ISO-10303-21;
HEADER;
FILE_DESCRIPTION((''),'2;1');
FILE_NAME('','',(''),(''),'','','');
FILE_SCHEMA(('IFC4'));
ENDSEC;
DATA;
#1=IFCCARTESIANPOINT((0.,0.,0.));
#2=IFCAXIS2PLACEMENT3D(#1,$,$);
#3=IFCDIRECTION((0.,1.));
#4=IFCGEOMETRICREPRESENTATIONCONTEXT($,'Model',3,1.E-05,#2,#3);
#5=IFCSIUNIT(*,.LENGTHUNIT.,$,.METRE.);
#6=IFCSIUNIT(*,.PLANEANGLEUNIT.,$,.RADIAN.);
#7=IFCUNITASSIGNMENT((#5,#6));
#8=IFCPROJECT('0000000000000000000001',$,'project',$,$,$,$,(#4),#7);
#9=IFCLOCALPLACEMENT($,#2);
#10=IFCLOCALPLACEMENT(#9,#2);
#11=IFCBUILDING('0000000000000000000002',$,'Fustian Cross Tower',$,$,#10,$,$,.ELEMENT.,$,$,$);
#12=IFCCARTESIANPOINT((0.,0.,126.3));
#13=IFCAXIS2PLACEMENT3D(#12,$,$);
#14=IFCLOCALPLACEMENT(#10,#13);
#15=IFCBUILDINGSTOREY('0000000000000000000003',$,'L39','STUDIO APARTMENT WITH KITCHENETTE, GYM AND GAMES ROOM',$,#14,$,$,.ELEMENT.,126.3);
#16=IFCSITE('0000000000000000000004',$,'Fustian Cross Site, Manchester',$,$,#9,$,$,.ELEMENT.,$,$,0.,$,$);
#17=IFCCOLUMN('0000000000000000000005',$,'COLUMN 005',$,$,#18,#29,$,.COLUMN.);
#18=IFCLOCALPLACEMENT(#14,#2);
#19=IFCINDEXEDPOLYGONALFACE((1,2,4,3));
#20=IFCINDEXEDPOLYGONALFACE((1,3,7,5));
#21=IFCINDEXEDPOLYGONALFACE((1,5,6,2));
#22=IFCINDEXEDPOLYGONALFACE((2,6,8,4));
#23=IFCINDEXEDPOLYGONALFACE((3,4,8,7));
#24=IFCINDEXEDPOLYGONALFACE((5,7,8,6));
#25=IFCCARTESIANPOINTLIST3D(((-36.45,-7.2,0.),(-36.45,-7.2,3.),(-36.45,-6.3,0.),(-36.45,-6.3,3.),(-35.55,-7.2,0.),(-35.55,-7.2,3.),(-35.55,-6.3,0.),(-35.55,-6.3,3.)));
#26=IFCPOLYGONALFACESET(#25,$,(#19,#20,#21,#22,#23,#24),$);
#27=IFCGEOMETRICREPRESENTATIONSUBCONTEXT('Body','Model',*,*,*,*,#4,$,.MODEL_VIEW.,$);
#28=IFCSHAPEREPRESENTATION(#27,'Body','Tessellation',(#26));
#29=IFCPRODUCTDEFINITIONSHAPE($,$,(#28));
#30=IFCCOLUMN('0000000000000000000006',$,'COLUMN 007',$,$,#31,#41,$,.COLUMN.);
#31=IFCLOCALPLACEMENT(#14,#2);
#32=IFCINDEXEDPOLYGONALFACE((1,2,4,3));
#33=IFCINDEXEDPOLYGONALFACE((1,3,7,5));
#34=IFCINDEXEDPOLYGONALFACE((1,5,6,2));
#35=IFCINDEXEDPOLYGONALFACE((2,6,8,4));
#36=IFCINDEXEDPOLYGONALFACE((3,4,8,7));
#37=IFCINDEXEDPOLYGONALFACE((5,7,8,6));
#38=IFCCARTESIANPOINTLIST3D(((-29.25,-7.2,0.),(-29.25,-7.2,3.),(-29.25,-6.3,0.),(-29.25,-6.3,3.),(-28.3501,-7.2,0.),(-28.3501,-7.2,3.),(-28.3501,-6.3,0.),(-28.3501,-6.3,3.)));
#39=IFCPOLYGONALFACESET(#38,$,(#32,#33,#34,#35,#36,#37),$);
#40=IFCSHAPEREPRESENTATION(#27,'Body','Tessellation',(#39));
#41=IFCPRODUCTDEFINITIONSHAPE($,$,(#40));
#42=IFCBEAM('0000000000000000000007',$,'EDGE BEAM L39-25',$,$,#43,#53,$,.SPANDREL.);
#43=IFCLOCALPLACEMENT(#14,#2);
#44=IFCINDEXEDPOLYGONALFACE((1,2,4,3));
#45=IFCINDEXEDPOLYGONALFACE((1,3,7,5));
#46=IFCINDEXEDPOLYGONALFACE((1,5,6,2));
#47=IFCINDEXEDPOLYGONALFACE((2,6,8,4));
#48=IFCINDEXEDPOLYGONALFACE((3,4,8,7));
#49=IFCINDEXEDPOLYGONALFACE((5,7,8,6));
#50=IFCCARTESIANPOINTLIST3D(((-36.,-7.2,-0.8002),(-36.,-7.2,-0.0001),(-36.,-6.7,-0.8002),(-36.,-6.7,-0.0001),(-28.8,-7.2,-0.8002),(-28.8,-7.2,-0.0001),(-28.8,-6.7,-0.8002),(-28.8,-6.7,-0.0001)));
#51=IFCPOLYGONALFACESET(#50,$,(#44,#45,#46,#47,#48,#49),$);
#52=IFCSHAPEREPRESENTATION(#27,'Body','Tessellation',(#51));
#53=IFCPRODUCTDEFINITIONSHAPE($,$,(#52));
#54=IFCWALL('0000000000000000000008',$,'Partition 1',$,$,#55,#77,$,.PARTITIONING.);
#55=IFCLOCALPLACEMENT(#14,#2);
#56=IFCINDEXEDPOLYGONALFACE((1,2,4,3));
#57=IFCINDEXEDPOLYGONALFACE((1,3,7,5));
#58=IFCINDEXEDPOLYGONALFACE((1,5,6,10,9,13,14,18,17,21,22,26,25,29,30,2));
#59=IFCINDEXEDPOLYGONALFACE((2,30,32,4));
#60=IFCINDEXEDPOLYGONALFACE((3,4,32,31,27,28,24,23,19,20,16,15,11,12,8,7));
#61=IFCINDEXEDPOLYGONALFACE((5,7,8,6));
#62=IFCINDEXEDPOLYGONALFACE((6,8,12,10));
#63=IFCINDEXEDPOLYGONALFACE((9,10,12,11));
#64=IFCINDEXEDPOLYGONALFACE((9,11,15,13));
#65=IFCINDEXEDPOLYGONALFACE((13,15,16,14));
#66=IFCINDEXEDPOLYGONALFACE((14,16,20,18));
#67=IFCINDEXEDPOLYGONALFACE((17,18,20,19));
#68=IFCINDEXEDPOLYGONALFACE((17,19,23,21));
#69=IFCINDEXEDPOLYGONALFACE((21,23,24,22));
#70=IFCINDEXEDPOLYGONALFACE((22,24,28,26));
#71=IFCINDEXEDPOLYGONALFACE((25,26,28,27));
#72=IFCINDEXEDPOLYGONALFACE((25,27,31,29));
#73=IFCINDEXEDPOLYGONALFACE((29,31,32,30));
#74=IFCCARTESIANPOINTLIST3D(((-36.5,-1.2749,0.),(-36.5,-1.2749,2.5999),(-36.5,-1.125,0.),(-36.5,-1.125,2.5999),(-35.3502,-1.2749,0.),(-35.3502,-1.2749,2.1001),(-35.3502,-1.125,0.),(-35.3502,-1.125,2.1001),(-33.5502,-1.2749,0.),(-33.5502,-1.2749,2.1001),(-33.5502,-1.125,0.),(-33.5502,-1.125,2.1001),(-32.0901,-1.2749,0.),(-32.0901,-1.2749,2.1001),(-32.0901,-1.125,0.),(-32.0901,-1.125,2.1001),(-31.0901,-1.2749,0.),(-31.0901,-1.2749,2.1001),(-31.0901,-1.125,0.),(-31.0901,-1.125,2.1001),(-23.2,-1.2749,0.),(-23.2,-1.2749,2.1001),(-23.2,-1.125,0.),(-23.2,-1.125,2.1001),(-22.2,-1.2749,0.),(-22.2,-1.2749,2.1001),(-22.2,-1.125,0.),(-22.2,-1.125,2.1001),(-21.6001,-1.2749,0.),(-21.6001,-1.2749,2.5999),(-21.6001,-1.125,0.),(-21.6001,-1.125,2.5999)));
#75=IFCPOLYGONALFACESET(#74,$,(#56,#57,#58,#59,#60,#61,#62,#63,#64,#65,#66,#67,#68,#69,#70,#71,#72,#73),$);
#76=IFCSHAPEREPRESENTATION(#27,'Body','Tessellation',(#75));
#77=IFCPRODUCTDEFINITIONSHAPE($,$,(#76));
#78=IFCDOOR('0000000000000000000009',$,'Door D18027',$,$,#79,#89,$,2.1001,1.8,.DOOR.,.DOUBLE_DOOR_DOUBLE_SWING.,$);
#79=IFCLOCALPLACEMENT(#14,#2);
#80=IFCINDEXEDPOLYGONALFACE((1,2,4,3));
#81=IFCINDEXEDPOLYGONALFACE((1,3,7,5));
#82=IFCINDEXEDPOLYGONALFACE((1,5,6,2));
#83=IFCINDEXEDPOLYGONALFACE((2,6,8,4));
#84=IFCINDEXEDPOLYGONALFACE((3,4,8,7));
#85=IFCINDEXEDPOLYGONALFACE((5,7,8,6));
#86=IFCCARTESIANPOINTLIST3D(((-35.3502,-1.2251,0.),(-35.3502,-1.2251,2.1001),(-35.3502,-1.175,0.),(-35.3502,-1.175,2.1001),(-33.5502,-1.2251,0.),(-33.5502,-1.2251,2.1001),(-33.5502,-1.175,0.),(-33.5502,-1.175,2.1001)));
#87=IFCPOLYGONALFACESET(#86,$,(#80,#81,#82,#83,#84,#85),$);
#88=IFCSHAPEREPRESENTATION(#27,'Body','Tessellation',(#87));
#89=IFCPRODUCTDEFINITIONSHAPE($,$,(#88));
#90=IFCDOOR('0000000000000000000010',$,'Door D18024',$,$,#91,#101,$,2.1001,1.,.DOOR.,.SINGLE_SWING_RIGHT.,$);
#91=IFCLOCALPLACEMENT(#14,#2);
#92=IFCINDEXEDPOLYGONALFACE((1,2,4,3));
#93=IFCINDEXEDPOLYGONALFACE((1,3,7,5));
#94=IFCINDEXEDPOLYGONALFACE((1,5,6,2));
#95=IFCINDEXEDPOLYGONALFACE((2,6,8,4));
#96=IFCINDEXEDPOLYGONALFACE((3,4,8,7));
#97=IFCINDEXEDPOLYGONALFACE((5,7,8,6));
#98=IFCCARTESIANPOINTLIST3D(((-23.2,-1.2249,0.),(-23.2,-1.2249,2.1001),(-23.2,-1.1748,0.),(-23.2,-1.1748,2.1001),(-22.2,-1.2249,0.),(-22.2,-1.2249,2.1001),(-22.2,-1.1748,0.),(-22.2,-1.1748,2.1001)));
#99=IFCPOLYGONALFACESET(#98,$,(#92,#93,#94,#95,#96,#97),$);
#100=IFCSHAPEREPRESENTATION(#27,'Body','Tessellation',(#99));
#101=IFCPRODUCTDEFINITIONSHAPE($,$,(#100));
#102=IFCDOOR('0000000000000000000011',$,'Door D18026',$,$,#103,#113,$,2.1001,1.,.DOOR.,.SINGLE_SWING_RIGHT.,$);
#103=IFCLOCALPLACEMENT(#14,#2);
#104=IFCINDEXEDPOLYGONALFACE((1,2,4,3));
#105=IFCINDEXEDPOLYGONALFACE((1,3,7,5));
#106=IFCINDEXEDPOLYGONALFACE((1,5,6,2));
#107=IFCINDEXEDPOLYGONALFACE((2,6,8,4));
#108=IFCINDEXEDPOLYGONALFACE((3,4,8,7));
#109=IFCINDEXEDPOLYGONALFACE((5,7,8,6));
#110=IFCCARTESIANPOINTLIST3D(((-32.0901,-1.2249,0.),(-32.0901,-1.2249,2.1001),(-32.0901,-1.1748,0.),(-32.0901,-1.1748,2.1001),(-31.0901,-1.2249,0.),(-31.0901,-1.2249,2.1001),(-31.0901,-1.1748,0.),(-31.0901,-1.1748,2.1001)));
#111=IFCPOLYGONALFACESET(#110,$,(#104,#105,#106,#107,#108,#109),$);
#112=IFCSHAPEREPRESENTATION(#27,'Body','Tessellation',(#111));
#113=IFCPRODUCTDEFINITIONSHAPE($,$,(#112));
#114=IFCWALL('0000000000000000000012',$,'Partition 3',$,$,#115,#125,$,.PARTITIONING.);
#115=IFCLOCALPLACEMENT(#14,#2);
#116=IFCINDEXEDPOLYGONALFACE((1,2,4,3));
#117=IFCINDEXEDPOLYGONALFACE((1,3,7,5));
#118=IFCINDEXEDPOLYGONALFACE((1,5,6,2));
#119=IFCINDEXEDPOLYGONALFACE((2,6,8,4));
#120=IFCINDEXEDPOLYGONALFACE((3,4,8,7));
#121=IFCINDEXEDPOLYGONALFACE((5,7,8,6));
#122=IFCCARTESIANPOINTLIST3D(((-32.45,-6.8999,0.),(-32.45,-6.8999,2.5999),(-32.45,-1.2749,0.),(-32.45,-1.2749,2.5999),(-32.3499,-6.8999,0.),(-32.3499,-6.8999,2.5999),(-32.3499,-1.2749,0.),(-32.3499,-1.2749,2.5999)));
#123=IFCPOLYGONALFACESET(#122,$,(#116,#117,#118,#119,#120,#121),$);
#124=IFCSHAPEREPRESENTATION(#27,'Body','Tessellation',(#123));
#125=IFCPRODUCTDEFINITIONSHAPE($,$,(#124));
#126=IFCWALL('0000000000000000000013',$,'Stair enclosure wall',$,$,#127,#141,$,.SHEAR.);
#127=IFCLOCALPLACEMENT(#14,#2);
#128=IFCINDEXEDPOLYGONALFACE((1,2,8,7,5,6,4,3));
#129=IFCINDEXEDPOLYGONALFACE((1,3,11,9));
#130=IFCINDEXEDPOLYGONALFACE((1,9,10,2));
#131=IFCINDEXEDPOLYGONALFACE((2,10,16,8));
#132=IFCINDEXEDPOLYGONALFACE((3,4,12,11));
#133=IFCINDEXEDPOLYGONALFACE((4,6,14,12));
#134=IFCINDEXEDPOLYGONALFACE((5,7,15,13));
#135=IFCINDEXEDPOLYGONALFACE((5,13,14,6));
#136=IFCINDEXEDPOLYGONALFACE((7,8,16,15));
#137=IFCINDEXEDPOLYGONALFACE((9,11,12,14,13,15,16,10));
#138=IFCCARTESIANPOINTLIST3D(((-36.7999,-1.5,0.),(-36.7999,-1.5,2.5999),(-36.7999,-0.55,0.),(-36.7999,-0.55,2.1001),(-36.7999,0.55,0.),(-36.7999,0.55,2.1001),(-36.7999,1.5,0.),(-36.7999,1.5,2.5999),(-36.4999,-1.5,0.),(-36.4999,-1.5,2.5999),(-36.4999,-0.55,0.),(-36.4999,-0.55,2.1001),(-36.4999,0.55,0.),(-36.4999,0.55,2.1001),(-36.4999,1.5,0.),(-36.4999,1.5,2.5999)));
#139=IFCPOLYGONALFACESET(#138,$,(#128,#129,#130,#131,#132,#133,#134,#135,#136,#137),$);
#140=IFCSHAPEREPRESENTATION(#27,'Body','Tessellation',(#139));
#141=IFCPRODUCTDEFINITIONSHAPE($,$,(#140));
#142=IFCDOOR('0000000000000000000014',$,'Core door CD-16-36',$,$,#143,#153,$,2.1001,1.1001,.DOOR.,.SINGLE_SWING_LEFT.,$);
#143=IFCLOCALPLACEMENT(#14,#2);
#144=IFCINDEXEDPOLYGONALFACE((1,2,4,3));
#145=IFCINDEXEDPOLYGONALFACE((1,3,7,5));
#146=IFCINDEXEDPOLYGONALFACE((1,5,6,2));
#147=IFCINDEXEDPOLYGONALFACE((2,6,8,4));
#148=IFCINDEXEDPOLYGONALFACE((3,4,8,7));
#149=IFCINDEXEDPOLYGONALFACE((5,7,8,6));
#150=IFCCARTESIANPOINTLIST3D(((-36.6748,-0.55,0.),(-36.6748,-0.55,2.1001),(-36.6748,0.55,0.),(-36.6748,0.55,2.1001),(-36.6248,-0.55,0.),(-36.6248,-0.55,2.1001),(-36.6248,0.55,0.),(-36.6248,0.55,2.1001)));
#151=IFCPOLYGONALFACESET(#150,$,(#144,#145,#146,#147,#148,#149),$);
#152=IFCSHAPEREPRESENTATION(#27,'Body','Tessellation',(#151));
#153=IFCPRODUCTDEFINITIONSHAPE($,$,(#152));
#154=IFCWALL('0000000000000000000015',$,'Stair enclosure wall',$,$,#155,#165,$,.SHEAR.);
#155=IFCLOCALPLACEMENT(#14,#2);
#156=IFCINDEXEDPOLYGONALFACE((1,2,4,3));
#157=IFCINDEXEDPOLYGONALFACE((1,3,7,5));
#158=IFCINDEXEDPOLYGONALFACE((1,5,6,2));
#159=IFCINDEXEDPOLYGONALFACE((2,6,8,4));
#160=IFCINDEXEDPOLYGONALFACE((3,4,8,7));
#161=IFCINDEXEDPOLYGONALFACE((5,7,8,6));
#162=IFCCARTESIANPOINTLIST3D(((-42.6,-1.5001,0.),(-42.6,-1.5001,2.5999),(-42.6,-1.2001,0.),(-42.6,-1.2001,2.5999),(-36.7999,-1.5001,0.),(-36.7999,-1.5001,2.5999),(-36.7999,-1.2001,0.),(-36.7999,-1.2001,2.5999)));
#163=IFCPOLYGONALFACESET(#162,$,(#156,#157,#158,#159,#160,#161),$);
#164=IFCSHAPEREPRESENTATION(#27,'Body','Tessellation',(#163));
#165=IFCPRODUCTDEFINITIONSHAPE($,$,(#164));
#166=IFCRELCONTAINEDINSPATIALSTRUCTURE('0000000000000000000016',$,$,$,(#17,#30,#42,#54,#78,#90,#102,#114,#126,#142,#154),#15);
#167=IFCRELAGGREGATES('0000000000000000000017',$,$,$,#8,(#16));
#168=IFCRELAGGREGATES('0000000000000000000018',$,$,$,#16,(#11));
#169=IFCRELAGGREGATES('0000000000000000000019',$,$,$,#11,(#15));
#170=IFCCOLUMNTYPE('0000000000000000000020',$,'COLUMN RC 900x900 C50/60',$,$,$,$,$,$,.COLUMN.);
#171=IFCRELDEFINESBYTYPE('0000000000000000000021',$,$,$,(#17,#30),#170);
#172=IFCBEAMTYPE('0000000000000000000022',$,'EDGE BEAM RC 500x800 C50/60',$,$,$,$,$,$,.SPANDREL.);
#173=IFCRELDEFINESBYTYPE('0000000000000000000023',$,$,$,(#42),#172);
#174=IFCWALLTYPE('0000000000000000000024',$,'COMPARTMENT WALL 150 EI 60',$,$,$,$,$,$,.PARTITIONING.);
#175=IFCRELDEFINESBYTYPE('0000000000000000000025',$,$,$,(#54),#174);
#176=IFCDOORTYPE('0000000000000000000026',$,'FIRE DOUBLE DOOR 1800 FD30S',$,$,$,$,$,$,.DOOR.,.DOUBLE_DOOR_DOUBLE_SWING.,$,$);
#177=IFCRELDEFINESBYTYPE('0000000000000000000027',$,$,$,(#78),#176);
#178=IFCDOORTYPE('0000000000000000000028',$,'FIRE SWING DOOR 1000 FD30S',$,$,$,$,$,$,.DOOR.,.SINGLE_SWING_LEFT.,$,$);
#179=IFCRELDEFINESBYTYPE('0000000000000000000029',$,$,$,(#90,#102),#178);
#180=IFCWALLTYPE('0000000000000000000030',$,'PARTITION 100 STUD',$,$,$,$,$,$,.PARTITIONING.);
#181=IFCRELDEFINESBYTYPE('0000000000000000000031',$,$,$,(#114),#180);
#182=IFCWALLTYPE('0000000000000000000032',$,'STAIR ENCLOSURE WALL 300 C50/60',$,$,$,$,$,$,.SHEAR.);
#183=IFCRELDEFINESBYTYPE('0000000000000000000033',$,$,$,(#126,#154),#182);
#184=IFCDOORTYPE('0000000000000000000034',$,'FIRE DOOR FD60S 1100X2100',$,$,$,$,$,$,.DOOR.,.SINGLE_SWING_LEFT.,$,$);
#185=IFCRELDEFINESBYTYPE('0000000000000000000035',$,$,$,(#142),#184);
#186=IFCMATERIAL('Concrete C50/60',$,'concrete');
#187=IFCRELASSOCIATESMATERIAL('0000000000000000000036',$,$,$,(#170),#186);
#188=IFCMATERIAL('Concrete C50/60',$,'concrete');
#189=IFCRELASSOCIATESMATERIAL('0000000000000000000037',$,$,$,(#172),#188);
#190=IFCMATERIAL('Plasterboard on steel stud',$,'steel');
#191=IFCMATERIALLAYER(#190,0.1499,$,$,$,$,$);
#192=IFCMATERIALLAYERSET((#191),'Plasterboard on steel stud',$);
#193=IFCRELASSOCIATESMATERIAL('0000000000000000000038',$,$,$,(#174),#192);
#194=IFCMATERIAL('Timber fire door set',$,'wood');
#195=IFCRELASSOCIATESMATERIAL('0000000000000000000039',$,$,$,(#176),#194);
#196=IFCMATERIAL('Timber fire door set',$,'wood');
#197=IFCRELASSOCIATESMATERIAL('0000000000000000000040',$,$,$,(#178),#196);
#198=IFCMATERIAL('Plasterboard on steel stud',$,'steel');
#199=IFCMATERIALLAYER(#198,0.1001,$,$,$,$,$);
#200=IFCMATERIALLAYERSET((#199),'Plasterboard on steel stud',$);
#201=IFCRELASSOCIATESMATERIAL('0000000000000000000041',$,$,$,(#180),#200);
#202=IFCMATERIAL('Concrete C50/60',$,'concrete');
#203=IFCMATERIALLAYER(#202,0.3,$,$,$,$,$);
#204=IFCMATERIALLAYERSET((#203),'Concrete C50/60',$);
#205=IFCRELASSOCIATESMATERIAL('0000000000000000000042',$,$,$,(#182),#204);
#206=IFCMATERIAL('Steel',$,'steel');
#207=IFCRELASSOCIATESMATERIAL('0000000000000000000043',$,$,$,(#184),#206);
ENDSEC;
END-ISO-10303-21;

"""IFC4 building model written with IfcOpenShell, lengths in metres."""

from ifc_helpers import new_model, si_unit, direction, frame, frame_2d, origin, origin_2d, place, context, subcontext, project, spatial, rectangle, extrude, material, layer, layer_set, material_profile, profile_set, type_object, element, fill, save


model = new_model("IFC4")

# Units and contexts
model_context = context("Model", 3, precision=1e-05, world=origin(), true_north=direction((0.0, 1.0)))
body_context = subcontext(model_context, "Body", "Model", "MODEL_VIEW")
ifc_project = project(units=[si_unit("LENGTHUNIT", "METRE"), si_unit("PLANEANGLEUNIT", "RADIAN")], contexts=[model_context])

# Site, building, storey
site_placement = place(None, origin())
site = spatial("IfcSite", under=ifc_project, at=site_placement, Name="Fustian Cross Site, Manchester", CompositionType="ELEMENT", RefElevation=0.0)
building_placement = place(site_placement, origin())
building = spatial("IfcBuilding", under=site, at=building_placement, Name="Fustian Cross Tower", CompositionType="ELEMENT")
storey_placement = place(building_placement, frame((0.0, 0.0, 126.3)))
storey = spatial("IfcBuildingStorey", under=building, at=storey_placement, Name="L39", Description="STUDIO APARTMENT WITH KITCHENETTE, GYM AND GAMES ROOM", CompositionType="ELEMENT", Elevation=126.3)

# Columns
ifc_material_1 = material(Name="Concrete C50/60", Category="concrete")
ifc_material_profile_1 = material_profile(ifc_material_1, rectangle(XDim=0.8999, YDim=0.8999, at=origin_2d()), Name="RC 900x900")
ifc_profile_set_1 = profile_set([ifc_material_profile_1], Name="Concrete C50/60")
column_type = type_object("IfcColumnType", Name="COLUMN RC 900x900 C50/60", PredefinedType="COLUMN", material=ifc_profile_set_1)
for number, where, z_axis, x_axis, name in (
    (1, (-36.0, -6.75, 0.0), (0.0, 0.0, 1.0), (1.0, 0.0, 0.0), "COLUMN 005"),
    (2, (-28.8, -6.75, 0.0), (0.0, 0.0, 1.0), (1.0, 0.0, 0.0), "COLUMN 007"),
):
    element("IfcColumn", number, at=place(storey_placement, frame(where, z_axis=z_axis, x_axis=x_axis)), inside=storey, type_object=column_type, Name=name, PredefinedType="COLUMN", context=body_context, shape_type="SweptSolid", body=[
        extrude(rectangle(XDim=0.8999, YDim=0.8999, at=origin_2d()), origin(), (0.0, 0.0, 1.0), 3.0),
    ])

# Beam
ifc_material_2 = material(Name="Concrete C50/60", Category="concrete")
ifc_material_profile_2 = material_profile(ifc_material_2, rectangle(XDim=0.5, YDim=0.8, at=origin_2d()), Name="RC 500x800")
ifc_profile_set_2 = profile_set([ifc_material_profile_2], Name="Concrete C50/60")
beam_type = type_object("IfcBeamType", Name="EDGE BEAM RC 500x800 C50/60", PredefinedType="SPANDREL", material=ifc_profile_set_2)
beam_placement = place(storey_placement, frame((-36.0, -6.95, -0.4001), z_axis=(1.0, 0.0, 0.0), x_axis=(0.0, 1.0, 0.0)))
element("IfcBeam", 3, at=beam_placement, inside=storey, type_object=beam_type, Name="EDGE BEAM L39-25", PredefinedType="SPANDREL", context=body_context, shape_type="SweptSolid", body=[
    extrude(rectangle(XDim=0.5, YDim=0.8, at=origin_2d()), origin(), (0.0, 0.0, 1.0), 7.2),
])

# Wall, openings, doors
ifc_material_3 = material(Name="Plasterboard on steel stud", Category="steel")
ifc_layer_1 = layer(ifc_material_3, 0.1499)
ifc_layer_set_1 = layer_set([ifc_layer_1], Name="Plasterboard on steel stud")
wall_type_1 = type_object("IfcWallType", Name="COMPARTMENT WALL 150 EI 60", PredefinedType="PARTITIONING", material=ifc_layer_set_1)
wall_1_placement = place(storey_placement, frame((-36.5, -1.2, 0.0), z_axis=(0.0, 0.0, 1.0), x_axis=(1.0, 0.0, 0.0)))
wall_1 = element("IfcWall", 4, at=wall_1_placement, inside=storey, type_object=wall_type_1, Name="Partition 1", PredefinedType="PARTITIONING", context=body_context, shape_type="SweptSolid", body=[
    extrude(rectangle(XDim=14.8999, YDim=0.1499, at=frame_2d((7.45, 0.0))), origin(), (0.0, 0.0, 1.0), 2.5999),
])
opening_1_placement = place(wall_1_placement, frame((13.3, 0.0, 0.0)))
opening_1 = element("IfcOpeningElement", 5, at=opening_1_placement, cuts=wall_1, PredefinedType="OPENING", context=body_context, shape_type="SweptSolid", body=[
    extrude(rectangle(XDim=1.0, YDim=2.1001, at=frame_2d((0.5, 1.05))), frame((0.0, 0.085, 0.0), z_axis=(0.0, -1.0, 0.0), x_axis=(1.0, 0.0, 0.0)), (0.0, 0.0, 1.0), 0.1699),
])
opening_2_placement = place(wall_1_placement, frame((4.4099, 0.0, 0.0)))
opening_2 = element("IfcOpeningElement", 6, at=opening_2_placement, cuts=wall_1, PredefinedType="OPENING", context=body_context, shape_type="SweptSolid", body=[
    extrude(rectangle(XDim=1.0, YDim=2.1001, at=frame_2d((0.5, 1.05))), frame((0.0, 0.085, 0.0), z_axis=(0.0, -1.0, 0.0), x_axis=(1.0, 0.0, 0.0)), (0.0, 0.0, 1.0), 0.1699),
])
opening_3_placement = place(wall_1_placement, frame((1.1499, 0.0, 0.0)))
opening_3 = element("IfcOpeningElement", 7, at=opening_3_placement, cuts=wall_1, PredefinedType="OPENING", context=body_context, shape_type="SweptSolid", body=[
    extrude(rectangle(XDim=1.8, YDim=2.1001, at=frame_2d((0.8999, 1.05))), frame((0.0, 0.085, 0.0), z_axis=(0.0, -1.0, 0.0), x_axis=(1.0, 0.0, 0.0)), (0.0, 0.0, 1.0), 0.1699),
])
ifc_material_4 = material(Name="Timber fire door set", Category="wood")
door_type_1 = type_object("IfcDoorType", Name="FIRE DOUBLE DOOR 1800 FD30S", OperationType="DOUBLE_DOOR_DOUBLE_SWING", PredefinedType="DOOR", material=ifc_material_4)
door_1_placement = place(opening_3_placement, origin())
door_1 = element("IfcDoor", 8, at=door_1_placement, inside=storey, type_object=door_type_1, Name="Door D18027", OperationType="DOUBLE_DOOR_DOUBLE_SWING", OverallHeight=2.1001, OverallWidth=1.8, PredefinedType="DOOR", context=body_context, shape_type="SweptSolid", body=[
    extrude(rectangle(XDim=1.8, YDim=2.1001, at=frame_2d((0.8999, 1.05))), frame((0.0, 0.0249, 0.0), z_axis=(0.0, -1.0, 0.0), x_axis=(1.0, 0.0, 0.0)), (0.0, 0.0, 1.0), 0.05),
])
fill(opening_3, door_1)
ifc_material_5 = material(Name="Timber fire door set", Category="wood")
door_type_2 = type_object("IfcDoorType", Name="FIRE SWING DOOR 1000 FD30S", OperationType="SINGLE_SWING_LEFT", PredefinedType="DOOR", material=ifc_material_5)
door_2_placement = place(opening_1_placement, frame((1.0, 0.0, 0.0), z_axis=(0.0, 0.0, 1.0), x_axis=(-1.0, 0.0, 0.0)))
door_2 = element("IfcDoor", 9, at=door_2_placement, inside=storey, type_object=door_type_2, Name="Door D18024", OperationType="SINGLE_SWING_RIGHT", OverallHeight=2.1001, OverallWidth=1.0, PredefinedType="DOOR", context=body_context, shape_type="SweptSolid", body=[
    extrude(rectangle(XDim=1.0, YDim=2.1001, at=frame_2d((0.5, 1.05))), frame((0.0, 0.0249, 0.0), z_axis=(0.0, -1.0, 0.0), x_axis=(1.0, 0.0, 0.0)), (0.0, 0.0, 1.0), 0.05),
])
fill(opening_1, door_2)
door_3_placement = place(opening_2_placement, frame((1.0, 0.0, 0.0), z_axis=(0.0, 0.0, 1.0), x_axis=(-1.0, 0.0, 0.0)))
door_3 = element("IfcDoor", 10, at=door_3_placement, inside=storey, type_object=door_type_2, Name="Door D18026", OperationType="SINGLE_SWING_RIGHT", OverallHeight=2.1001, OverallWidth=1.0, PredefinedType="DOOR", context=body_context, shape_type="SweptSolid", body=[
    extrude(rectangle(XDim=1.0, YDim=2.1001, at=frame_2d((0.5, 1.05))), frame((0.0, 0.0249, 0.0), z_axis=(0.0, -1.0, 0.0), x_axis=(1.0, 0.0, 0.0)), (0.0, 0.0, 1.0), 0.05),
])
fill(opening_2, door_3)

# Wall
ifc_material_6 = material(Name="Plasterboard on steel stud", Category="steel")
ifc_layer_2 = layer(ifc_material_6, 0.1001)
ifc_layer_set_2 = layer_set([ifc_layer_2], Name="Plasterboard on steel stud")
wall_type_2 = type_object("IfcWallType", Name="PARTITION 100 STUD", PredefinedType="PARTITIONING", material=ifc_layer_set_2)
wall_2_placement = place(storey_placement, frame((-32.3999, -6.8999, 0.0), z_axis=(0.0, 0.0, 1.0), x_axis=(0.0, 1.0, 0.0)))
element("IfcWall", 11, at=wall_2_placement, inside=storey, type_object=wall_type_2, Name="Partition 3", PredefinedType="PARTITIONING", context=body_context, shape_type="SweptSolid", body=[
    extrude(rectangle(XDim=5.625, YDim=0.1001, at=frame_2d((2.8125, 0.0))), origin(), (0.0, 0.0, 1.0), 2.5999),
])

# Wall, opening, door
ifc_material_7 = material(Name="Concrete C50/60", Category="concrete")
ifc_layer_3 = layer(ifc_material_7, 0.3)
ifc_layer_set_3 = layer_set([ifc_layer_3], Name="Concrete C50/60")
wall_type_3 = type_object("IfcWallType", Name="STAIR ENCLOSURE WALL 300 C50/60", PredefinedType="SHEAR", material=ifc_layer_set_3)
wall_3_placement = place(storey_placement, frame((-36.6499, -1.5, 0.0), z_axis=(0.0, 0.0, 1.0), x_axis=(0.0, 1.0, 0.0)))
wall_3 = element("IfcWall", 12, at=wall_3_placement, inside=storey, type_object=wall_type_3, Name="Stair enclosure wall", PredefinedType="SHEAR", context=body_context, shape_type="SweptSolid", body=[
    extrude(rectangle(XDim=3.0, YDim=0.3, at=frame_2d((1.5, 0.0))), origin(), (0.0, 0.0, 1.0), 2.5999),
])
opening_4_placement = place(wall_3_placement, frame((0.95, 0.0, 0.0)))
opening_4 = element("IfcOpeningElement", 13, at=opening_4_placement, cuts=wall_3, PredefinedType="OPENING", context=body_context, shape_type="SweptSolid", body=[
    extrude(rectangle(XDim=1.1001, YDim=2.1001, at=frame_2d((0.55, 1.05))), frame((0.0, 0.1599, 0.0), z_axis=(0.0, -1.0, 0.0), x_axis=(1.0, 0.0, 0.0)), (0.0, 0.0, 1.0), 0.3201),
])
ifc_material_8 = material(Name="Steel", Category="steel")
door_type_3 = type_object("IfcDoorType", Name="FIRE DOOR FD60S 1100X2100", OperationType="SINGLE_SWING_LEFT", PredefinedType="DOOR", material=ifc_material_8)
door_4_placement = place(opening_4_placement, origin())
door_4 = element("IfcDoor", 14, at=door_4_placement, inside=storey, type_object=door_type_3, Name="Core door CD-16-36", OperationType="SINGLE_SWING_LEFT", OverallHeight=2.1001, OverallWidth=1.1001, PredefinedType="DOOR", context=body_context, shape_type="SweptSolid", body=[
    extrude(rectangle(XDim=1.1001, YDim=2.1001, at=frame_2d((0.55, 1.05))), frame((0.0, 0.0249, 0.0), z_axis=(0.0, -1.0, 0.0), x_axis=(1.0, 0.0, 0.0)), (0.0, 0.0, 1.0), 0.05),
])
fill(opening_4, door_4)

# Wall
wall_4_placement = place(storey_placement, frame((-36.8, -1.3501, 0.0), z_axis=(0.0, 0.0, 1.0), x_axis=(-1.0, 0.0, 0.0)))
element("IfcWall", 15, at=wall_4_placement, inside=storey, type_object=wall_type_3, Name="Stair enclosure wall", PredefinedType="SHEAR", context=body_context, shape_type="SweptSolid", body=[
    extrude(rectangle(XDim=5.8, YDim=0.3, at=frame_2d((2.8999, 0.0))), origin(), (0.0, 0.0, 1.0), 2.5999),
])

save(model, "model.ifc")
